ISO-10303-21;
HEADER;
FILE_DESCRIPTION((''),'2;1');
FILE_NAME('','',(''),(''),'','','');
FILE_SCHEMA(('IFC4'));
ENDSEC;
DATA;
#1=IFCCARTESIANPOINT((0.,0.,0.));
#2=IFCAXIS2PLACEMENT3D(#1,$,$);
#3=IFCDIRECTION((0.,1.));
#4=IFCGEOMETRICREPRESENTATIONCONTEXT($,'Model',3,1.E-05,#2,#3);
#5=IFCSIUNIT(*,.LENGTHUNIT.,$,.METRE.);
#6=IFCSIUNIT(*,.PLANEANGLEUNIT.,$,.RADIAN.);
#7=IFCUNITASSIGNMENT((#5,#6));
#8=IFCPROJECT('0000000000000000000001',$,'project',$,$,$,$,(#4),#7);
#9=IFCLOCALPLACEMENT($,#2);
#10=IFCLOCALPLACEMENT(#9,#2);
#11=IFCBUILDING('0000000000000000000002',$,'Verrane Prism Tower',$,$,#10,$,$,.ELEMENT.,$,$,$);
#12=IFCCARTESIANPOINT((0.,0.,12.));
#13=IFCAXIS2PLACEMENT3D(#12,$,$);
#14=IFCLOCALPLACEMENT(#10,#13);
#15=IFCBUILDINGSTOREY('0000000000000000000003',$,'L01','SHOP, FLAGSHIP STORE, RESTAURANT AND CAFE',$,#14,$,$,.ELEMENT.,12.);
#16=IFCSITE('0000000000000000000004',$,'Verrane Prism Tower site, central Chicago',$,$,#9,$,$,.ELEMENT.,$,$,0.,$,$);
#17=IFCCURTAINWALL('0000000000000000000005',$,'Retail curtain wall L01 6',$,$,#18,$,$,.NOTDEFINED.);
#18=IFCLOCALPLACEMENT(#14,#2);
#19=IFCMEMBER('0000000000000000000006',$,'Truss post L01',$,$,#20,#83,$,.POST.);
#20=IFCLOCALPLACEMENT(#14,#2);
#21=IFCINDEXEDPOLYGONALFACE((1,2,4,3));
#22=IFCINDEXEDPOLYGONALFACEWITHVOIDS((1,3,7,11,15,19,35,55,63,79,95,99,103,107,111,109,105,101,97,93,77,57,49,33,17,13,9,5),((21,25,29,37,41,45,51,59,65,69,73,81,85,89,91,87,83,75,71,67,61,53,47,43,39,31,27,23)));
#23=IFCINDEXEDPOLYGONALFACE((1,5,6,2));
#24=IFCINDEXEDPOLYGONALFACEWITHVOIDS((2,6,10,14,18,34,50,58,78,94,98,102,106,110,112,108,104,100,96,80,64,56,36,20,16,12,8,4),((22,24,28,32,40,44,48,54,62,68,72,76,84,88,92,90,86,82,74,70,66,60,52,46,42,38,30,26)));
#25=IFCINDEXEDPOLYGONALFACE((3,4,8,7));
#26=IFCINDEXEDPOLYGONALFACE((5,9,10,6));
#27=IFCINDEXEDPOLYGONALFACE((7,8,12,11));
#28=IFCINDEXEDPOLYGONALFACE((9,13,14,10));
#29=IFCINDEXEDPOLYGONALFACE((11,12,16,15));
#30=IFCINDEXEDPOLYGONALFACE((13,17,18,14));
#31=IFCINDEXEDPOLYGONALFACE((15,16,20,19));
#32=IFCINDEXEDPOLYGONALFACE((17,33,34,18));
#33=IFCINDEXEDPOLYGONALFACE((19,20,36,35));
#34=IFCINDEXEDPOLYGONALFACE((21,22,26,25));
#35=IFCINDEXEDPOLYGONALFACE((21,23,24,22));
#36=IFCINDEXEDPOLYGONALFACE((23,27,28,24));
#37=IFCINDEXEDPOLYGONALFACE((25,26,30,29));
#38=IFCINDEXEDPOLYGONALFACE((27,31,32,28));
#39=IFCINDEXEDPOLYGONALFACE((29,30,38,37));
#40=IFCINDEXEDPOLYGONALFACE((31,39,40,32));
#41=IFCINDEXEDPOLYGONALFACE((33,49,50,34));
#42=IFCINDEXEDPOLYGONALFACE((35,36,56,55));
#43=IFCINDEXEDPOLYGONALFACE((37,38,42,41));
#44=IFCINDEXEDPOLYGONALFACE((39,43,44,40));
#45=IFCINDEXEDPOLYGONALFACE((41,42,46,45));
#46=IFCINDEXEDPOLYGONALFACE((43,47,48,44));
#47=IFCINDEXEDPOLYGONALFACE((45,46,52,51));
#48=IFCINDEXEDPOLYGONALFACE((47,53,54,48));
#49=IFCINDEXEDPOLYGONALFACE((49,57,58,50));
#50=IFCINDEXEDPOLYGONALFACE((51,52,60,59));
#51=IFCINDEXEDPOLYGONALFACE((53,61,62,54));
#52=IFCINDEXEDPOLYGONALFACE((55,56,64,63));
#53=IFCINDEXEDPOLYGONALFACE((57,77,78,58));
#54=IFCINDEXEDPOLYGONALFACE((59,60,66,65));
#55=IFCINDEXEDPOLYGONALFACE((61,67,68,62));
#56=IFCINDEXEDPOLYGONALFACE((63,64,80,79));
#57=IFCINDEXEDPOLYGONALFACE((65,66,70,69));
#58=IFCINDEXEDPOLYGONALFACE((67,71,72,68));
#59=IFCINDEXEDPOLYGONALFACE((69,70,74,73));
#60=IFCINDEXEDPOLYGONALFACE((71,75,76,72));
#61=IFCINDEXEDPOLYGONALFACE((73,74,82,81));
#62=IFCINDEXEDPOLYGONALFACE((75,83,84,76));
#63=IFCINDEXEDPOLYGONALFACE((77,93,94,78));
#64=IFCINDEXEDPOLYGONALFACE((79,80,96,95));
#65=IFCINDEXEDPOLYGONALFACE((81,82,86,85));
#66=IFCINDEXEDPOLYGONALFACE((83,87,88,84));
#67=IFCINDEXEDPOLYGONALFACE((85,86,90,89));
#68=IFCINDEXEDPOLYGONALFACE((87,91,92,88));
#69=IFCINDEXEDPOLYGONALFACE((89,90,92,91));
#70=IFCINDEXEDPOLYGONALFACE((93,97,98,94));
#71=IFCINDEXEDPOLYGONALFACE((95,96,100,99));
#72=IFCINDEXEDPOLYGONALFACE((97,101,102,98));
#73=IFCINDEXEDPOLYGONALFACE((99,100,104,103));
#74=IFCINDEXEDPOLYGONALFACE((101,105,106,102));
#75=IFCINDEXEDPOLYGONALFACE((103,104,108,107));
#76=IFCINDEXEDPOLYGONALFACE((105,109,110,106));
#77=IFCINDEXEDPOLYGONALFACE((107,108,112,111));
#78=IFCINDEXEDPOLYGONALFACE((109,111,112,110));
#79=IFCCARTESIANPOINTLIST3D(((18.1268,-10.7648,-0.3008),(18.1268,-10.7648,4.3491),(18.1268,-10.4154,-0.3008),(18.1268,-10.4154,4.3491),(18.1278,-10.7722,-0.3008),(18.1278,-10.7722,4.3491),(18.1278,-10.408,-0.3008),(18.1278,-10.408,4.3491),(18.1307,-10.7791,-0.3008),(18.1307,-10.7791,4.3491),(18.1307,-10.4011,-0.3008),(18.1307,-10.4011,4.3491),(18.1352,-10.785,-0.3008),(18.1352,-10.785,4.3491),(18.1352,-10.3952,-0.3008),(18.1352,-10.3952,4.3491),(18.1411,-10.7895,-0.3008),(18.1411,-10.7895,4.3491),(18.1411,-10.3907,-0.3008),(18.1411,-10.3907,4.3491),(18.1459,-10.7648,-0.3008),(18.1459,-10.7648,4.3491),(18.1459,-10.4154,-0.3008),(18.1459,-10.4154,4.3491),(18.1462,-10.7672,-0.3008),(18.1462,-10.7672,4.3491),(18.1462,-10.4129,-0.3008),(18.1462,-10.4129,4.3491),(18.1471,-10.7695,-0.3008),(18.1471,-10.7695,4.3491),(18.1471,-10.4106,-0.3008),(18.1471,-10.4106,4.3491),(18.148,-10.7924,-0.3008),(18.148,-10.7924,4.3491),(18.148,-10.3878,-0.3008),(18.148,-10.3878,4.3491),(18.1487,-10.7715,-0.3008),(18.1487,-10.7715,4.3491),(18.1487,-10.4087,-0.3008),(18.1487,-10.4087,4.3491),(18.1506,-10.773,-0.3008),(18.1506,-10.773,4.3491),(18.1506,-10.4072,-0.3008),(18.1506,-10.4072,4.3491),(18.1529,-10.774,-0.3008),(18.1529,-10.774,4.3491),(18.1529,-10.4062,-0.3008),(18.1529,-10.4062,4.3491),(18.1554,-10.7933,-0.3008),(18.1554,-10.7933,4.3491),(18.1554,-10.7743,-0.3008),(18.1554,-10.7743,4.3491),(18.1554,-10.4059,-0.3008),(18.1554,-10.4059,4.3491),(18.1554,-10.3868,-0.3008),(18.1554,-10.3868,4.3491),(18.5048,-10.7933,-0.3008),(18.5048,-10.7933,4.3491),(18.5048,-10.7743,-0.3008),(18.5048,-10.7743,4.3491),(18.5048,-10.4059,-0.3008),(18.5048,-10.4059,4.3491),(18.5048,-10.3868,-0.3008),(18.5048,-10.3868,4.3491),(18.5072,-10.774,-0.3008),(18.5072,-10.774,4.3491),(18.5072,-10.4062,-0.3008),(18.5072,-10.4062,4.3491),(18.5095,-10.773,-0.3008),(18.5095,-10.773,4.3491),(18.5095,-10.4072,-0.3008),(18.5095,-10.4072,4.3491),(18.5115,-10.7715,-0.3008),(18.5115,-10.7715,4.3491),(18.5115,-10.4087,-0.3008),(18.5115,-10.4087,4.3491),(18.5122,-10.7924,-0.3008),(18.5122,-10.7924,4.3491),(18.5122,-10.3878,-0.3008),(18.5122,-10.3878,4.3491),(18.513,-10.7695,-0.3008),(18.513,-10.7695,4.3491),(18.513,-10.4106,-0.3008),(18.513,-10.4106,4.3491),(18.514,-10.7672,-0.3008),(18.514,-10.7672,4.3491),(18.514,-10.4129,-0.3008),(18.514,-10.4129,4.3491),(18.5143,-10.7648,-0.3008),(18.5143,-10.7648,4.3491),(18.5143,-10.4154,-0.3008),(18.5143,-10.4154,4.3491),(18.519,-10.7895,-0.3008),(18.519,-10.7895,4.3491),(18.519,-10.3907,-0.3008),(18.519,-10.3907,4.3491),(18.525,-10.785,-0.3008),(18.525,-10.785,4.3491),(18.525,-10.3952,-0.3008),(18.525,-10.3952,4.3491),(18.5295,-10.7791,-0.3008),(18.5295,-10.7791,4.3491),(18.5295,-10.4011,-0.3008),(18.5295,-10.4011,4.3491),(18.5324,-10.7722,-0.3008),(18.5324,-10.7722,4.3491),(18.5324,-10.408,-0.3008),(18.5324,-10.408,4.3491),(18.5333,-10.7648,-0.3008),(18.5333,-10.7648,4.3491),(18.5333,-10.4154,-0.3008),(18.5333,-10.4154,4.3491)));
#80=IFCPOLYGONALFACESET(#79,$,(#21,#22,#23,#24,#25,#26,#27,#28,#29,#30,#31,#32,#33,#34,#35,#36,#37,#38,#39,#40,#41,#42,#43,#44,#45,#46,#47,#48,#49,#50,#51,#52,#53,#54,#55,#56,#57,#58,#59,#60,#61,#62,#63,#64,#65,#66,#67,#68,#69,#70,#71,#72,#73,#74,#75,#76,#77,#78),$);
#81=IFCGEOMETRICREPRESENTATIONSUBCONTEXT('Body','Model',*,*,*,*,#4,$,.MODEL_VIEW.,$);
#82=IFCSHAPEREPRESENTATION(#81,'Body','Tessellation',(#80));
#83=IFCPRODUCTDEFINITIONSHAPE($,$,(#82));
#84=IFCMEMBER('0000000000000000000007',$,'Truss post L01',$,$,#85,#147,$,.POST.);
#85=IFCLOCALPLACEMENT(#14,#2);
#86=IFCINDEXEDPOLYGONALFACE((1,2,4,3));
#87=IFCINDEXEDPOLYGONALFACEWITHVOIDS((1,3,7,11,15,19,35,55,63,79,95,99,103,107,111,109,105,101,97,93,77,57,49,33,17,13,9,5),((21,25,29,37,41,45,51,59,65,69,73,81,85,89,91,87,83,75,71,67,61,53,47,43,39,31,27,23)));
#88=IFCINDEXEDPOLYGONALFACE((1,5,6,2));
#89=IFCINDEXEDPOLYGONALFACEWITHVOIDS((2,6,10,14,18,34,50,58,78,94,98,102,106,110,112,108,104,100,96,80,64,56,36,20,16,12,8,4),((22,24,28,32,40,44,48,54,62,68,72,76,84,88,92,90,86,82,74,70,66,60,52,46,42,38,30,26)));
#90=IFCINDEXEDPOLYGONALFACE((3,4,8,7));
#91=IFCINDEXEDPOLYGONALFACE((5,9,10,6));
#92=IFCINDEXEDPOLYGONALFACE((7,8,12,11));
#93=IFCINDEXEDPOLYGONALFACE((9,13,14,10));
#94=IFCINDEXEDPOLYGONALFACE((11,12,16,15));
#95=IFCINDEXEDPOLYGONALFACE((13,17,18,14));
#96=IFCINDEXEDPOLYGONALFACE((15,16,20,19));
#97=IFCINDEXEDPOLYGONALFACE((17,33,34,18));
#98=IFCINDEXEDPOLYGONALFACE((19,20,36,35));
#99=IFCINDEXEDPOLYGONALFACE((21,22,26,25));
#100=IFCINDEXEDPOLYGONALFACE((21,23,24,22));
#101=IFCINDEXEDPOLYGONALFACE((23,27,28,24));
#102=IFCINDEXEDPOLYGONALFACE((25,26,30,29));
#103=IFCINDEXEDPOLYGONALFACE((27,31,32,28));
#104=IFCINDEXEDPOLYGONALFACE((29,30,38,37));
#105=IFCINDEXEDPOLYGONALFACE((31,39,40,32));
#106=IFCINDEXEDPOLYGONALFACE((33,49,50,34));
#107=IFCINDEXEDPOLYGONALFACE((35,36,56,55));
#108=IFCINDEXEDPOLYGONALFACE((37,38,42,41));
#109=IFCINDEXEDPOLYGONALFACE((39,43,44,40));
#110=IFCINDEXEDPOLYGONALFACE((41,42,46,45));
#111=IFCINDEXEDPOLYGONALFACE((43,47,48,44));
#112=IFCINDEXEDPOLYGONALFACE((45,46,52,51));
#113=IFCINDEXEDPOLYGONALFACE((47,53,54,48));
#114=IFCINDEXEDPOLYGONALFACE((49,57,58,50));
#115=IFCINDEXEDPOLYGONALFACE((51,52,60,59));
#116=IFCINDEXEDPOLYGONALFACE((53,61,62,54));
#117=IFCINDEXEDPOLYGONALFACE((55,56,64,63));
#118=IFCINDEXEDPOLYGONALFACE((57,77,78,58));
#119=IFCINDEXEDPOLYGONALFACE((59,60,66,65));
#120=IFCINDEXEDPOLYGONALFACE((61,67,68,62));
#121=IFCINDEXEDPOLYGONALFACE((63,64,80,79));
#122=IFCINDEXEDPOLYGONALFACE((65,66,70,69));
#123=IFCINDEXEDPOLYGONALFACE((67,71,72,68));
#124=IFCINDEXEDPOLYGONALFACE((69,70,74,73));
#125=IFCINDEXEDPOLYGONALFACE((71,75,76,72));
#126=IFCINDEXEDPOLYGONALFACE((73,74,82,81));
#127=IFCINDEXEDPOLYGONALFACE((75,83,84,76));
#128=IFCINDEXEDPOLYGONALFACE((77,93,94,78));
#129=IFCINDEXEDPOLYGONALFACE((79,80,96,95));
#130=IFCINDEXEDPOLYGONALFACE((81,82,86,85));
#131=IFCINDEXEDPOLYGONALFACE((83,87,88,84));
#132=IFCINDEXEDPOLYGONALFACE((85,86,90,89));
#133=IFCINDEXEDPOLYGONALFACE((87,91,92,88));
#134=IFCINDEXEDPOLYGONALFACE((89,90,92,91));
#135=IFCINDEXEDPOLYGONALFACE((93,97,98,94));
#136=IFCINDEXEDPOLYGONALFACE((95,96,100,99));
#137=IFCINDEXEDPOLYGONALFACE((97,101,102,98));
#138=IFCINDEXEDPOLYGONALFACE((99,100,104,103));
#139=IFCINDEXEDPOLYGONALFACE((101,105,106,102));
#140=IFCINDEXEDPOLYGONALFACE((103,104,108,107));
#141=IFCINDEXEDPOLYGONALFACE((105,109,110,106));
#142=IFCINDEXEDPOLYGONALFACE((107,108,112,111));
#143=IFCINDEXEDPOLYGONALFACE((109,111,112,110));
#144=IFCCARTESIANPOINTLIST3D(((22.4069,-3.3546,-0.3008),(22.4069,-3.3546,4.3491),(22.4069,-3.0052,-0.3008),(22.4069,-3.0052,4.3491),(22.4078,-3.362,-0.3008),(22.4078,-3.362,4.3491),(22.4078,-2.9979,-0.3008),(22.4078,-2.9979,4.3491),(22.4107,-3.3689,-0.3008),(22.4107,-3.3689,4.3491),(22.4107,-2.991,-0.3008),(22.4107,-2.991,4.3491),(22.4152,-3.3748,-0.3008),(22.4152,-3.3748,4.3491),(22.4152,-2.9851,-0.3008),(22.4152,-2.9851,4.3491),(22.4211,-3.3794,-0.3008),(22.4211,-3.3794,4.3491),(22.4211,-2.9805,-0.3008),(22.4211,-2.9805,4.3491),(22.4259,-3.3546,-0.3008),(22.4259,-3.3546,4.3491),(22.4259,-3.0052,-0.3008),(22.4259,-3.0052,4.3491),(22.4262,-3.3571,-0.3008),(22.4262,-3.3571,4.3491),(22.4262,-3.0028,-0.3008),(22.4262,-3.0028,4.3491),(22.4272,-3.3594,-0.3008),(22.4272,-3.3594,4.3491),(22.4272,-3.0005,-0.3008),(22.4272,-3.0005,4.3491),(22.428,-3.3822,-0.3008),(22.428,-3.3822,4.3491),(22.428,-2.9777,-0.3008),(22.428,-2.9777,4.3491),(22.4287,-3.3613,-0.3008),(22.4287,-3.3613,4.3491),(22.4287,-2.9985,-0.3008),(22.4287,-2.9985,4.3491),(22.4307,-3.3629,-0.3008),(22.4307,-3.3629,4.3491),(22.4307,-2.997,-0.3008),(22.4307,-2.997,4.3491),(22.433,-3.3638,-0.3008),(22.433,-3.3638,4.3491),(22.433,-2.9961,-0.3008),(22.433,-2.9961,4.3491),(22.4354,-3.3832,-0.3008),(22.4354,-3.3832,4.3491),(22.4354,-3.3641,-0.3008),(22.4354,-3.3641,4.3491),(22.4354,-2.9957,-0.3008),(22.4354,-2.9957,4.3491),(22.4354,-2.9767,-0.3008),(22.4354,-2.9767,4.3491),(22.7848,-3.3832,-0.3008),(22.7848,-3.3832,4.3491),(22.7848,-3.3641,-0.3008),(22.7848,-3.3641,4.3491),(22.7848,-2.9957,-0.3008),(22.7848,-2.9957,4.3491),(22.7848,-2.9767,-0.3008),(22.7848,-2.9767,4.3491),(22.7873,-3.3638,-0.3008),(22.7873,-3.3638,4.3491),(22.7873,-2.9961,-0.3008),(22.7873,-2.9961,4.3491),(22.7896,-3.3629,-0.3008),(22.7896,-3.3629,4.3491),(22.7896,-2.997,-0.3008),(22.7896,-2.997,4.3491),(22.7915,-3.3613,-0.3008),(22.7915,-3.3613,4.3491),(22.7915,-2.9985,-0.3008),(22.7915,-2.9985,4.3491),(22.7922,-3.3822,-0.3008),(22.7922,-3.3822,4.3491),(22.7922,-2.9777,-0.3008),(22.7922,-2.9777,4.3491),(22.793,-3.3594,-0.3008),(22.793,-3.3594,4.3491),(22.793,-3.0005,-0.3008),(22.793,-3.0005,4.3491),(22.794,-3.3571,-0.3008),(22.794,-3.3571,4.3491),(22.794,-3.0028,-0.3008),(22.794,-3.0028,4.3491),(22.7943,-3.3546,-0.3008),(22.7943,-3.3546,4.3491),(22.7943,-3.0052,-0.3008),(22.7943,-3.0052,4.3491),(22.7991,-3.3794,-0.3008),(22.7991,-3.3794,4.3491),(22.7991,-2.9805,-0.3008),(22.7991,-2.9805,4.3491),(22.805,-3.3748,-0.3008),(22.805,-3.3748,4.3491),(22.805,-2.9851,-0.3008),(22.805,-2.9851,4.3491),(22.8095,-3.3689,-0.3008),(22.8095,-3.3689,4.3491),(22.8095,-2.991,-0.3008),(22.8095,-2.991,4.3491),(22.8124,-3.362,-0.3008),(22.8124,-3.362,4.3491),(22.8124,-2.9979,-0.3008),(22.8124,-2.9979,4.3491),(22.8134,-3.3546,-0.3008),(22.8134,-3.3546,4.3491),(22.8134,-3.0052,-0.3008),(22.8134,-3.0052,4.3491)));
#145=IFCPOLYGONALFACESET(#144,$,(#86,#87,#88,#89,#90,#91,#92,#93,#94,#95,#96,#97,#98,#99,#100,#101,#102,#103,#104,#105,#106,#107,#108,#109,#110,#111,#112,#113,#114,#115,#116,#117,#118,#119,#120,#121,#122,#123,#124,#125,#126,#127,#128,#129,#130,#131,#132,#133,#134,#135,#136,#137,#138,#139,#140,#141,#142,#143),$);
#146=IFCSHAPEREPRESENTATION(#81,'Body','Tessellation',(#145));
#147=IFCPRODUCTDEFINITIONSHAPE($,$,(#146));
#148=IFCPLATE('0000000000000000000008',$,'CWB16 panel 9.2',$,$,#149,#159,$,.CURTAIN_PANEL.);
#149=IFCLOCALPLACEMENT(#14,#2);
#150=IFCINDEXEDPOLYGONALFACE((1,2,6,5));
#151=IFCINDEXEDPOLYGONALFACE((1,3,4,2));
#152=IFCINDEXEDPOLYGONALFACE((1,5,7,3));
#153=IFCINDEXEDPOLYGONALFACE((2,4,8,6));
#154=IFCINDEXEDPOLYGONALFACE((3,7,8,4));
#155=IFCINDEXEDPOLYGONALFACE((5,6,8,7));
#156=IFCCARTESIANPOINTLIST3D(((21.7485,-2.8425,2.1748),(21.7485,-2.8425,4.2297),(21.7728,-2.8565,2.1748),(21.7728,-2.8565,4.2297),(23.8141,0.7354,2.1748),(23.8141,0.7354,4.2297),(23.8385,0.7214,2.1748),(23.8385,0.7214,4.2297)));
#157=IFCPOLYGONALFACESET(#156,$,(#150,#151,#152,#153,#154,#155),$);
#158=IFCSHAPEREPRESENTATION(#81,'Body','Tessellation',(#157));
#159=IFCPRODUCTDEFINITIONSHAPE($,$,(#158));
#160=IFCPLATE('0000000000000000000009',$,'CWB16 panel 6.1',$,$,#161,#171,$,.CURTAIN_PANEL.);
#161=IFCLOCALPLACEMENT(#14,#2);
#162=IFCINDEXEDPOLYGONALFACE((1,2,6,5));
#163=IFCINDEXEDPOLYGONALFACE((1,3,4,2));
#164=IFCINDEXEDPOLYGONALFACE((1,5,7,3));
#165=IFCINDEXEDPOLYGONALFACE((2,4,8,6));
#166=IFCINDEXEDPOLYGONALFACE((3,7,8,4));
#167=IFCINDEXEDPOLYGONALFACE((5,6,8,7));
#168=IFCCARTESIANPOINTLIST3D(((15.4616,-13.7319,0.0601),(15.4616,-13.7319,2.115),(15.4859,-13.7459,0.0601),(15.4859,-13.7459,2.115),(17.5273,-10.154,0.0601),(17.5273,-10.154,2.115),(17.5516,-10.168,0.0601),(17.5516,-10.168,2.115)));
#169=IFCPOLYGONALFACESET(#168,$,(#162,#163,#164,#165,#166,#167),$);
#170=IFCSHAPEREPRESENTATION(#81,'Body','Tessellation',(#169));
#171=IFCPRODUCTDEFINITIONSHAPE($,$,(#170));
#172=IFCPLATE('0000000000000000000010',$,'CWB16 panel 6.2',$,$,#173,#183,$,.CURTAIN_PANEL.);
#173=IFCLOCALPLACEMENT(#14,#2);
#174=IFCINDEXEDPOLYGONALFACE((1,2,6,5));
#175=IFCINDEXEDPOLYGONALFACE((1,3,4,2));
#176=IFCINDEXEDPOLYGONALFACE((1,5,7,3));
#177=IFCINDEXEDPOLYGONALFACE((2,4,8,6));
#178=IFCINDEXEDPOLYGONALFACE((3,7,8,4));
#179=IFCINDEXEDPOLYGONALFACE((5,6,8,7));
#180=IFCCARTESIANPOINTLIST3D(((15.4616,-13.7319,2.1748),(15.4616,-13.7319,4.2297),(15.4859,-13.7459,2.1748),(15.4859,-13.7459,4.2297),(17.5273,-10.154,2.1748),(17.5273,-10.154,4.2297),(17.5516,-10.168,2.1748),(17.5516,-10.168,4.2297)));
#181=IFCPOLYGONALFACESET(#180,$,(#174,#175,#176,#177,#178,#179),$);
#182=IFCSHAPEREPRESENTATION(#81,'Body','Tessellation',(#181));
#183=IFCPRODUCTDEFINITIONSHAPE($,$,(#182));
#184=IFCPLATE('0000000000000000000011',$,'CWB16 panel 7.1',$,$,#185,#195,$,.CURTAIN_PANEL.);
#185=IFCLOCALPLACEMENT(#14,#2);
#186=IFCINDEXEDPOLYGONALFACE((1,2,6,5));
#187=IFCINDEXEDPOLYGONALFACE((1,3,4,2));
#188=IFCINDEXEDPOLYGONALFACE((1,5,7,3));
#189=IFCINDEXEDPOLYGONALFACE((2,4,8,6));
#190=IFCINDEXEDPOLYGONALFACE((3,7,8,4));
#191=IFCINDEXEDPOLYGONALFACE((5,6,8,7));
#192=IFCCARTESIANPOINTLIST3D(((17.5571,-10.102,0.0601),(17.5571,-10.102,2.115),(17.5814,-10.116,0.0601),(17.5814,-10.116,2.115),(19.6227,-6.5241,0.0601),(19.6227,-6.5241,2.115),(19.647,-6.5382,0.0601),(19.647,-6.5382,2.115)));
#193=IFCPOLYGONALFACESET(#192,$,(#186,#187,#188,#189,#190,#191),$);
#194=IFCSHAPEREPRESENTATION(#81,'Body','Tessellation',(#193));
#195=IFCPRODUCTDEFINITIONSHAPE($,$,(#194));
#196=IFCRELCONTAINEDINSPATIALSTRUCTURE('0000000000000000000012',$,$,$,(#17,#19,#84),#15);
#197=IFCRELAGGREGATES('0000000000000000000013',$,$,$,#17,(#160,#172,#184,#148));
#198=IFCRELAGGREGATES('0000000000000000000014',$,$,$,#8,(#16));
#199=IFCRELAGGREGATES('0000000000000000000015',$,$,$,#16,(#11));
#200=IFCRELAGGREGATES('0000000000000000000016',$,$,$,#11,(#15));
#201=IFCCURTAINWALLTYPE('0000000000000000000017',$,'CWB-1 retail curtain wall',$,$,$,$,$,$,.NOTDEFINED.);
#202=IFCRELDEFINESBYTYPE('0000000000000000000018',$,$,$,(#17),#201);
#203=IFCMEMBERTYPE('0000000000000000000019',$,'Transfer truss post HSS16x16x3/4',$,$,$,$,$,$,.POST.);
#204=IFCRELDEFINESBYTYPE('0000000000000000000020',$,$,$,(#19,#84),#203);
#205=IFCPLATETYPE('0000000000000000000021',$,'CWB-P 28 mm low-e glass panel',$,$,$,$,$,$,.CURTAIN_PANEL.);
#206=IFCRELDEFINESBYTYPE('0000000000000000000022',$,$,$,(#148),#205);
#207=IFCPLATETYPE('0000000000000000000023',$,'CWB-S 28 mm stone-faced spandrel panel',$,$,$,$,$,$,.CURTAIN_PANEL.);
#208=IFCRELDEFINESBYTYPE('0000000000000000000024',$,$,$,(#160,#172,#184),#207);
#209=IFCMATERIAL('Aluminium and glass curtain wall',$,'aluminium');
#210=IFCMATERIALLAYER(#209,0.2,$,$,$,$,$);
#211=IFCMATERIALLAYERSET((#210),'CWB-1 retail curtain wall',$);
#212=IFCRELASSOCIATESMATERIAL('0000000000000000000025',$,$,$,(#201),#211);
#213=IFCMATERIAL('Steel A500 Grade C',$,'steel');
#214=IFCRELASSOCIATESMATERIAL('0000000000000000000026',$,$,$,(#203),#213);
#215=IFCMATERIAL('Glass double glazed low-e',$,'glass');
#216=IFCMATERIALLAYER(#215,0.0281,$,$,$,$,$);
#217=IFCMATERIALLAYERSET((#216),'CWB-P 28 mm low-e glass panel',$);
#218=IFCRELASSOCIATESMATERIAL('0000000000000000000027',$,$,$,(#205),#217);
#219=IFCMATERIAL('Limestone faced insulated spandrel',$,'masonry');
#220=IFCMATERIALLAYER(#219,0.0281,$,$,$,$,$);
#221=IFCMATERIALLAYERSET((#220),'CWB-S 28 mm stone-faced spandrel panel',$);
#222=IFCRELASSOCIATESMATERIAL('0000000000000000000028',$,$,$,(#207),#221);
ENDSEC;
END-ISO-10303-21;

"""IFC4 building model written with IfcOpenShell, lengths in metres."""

from ifc_helpers import new_model, si_unit, direction, frame, origin, origin_2d, place, context, subcontext, project, spatial, rectangle, hollow_rectangle, extrude, material, layer, layer_set, material_profile, profile_set, type_object, element, aggregate, save


model = new_model("IFC4")

# Units and contexts
model_context = context("Model", 3, precision=1e-05, world=origin(), true_north=direction((0.0, 1.0)))
body_context = subcontext(model_context, "Body", "Model", "MODEL_VIEW")
ifc_project = project(units=[si_unit("LENGTHUNIT", "METRE"), si_unit("PLANEANGLEUNIT", "RADIAN")], contexts=[model_context])

# Site, building, storey
site_placement = place(None, origin())
site = spatial("IfcSite", under=ifc_project, at=site_placement, Name="Verrane Prism Tower site, central Chicago", CompositionType="ELEMENT", RefElevation=0.0)
building_placement = place(site_placement, origin())
building = spatial("IfcBuilding", under=site, at=building_placement, Name="Verrane Prism Tower", CompositionType="ELEMENT")
storey_placement = place(building_placement, frame((0.0, 0.0, 12.0)))
storey = spatial("IfcBuildingStorey", under=building, at=storey_placement, Name="L01", Description="SHOP, FLAGSHIP STORE, RESTAURANT AND CAFE", CompositionType="ELEMENT", Elevation=12.0)

# Curtain wall
ifc_material_1 = material(Name="Aluminium and glass curtain wall", Category="aluminium")
ifc_layer_1 = layer(ifc_material_1, 0.2)
ifc_layer_set_1 = layer_set([ifc_layer_1], Name="CWB-1 retail curtain wall")
curtain_wall_type = type_object("IfcCurtainWallType", Name="CWB-1 retail curtain wall", PredefinedType="NOTDEFINED", material=ifc_layer_set_1)
curtain_wall_placement = place(storey_placement, origin())
curtain_wall = element("IfcCurtainWall", 1, at=curtain_wall_placement, inside=storey, type_object=curtain_wall_type, Name="Retail curtain wall L01 6", PredefinedType="NOTDEFINED")

# Members
ifc_material_2 = material(Name="Steel A500 Grade C", Category="steel")
ifc_material_profile_1 = material_profile(ifc_material_2, hollow_rectangle(XDim=0.4065, YDim=0.4065, WallThickness=0.019, InnerFilletRadius=0.0095, OuterFilletRadius=0.0286, at=origin_2d()), Name="HSS16x16x3/4")
ifc_profile_set_1 = profile_set([ifc_material_profile_1], Name="Steel A500 Grade C")
member_type_1 = type_object("IfcMemberType", Name="Transfer truss post HSS16x16x3/4", PredefinedType="POST", material=ifc_profile_set_1)
for number, where, z_axis, x_axis, name in (
    (2, (18.3301, -10.5901, -0.3008), (0.0, 0.0, 1.0), (1.0, 0.0, 0.0), "Truss post L01"),
    (3, (22.6101, -3.1799, -0.3008), (0.0, 0.0, 1.0), (1.0, 0.0, 0.0), "Truss post L01"),
):
    element("IfcMember", number, at=place(storey_placement, frame(where, z_axis=z_axis, x_axis=x_axis)), inside=storey, type_object=member_type_1, Name=name, PredefinedType="POST", context=body_context, shape_type="SweptSolid", body=[
        extrude(hollow_rectangle(XDim=0.4065, YDim=0.4065, WallThickness=0.019, InnerFilletRadius=0.0095, OuterFilletRadius=0.0286, at=origin_2d()), origin(), (0.0, 0.0, 1.0), 4.6499),
    ])

# Plates
ifc_material_3 = material(Name="Glass double glazed low-e", Category="glass")
ifc_layer_2 = layer(ifc_material_3, 0.0281)
ifc_layer_set_2 = layer_set([ifc_layer_2], Name="CWB-P 28 mm low-e glass panel")
plate_type_1 = type_object("IfcPlateType", Name="CWB-P 28 mm low-e glass panel", PredefinedType="CURTAIN_PANEL", material=ifc_layer_set_2)
plate_1_placement = place(storey_placement, frame((22.7935, -1.0605, 2.1748), z_axis=(0.0, 0.0, 1.0), x_axis=(0.5, 0.866025, 0.0)))
plate_1 = element("IfcPlate", 4, at=plate_1_placement, type_object=plate_type_1, Name="CWB16 panel 9.2", PredefinedType="CURTAIN_PANEL", context=body_context, shape_type="SweptSolid", body=[
    extrude(rectangle(XDim=4.1313, YDim=0.0281, at=origin_2d()), origin(), (0.0, 0.0, 1.0), 2.0549),
])
ifc_material_4 = material(Name="Limestone faced insulated spandrel", Category="masonry")
ifc_layer_3 = layer(ifc_material_4, 0.0281)
ifc_layer_set_3 = layer_set([ifc_layer_3], Name="CWB-S 28 mm stone-faced spandrel panel")
plate_type_2 = type_object("IfcPlateType", Name="CWB-S 28 mm stone-faced spandrel panel", PredefinedType="CURTAIN_PANEL", material=ifc_layer_set_3)
plate_2_placement = place(storey_placement, frame((16.5066, -11.95, 0.0601), z_axis=(0.0, 0.0, 1.0), x_axis=(0.5, 0.866025, 0.0)))
plate_2 = element("IfcPlate", 5, at=plate_2_placement, type_object=plate_type_2, Name="CWB16 panel 6.1", PredefinedType="CURTAIN_PANEL", context=body_context, shape_type="SweptSolid", body=[
    extrude(rectangle(XDim=4.1313, YDim=0.0281, at=origin_2d()), origin(), (0.0, 0.0, 1.0), 2.0549),
])
plate_3_placement = place(storey_placement, frame((16.5066, -11.95, 2.1748), z_axis=(0.0, 0.0, 1.0), x_axis=(0.5, 0.866025, 0.0)))
plate_3 = element("IfcPlate", 6, at=plate_3_placement, type_object=plate_type_2, Name="CWB16 panel 6.2", PredefinedType="CURTAIN_PANEL", context=body_context, shape_type="SweptSolid", body=[
    extrude(rectangle(XDim=4.1313, YDim=0.0281, at=origin_2d()), origin(), (0.0, 0.0, 1.0), 2.0549),
])
plate_4_placement = place(storey_placement, frame((18.6021, -8.3201, 0.0601), z_axis=(0.0, 0.0, 1.0), x_axis=(0.5, 0.866025, 0.0)))
plate_4 = element("IfcPlate", 7, at=plate_4_placement, type_object=plate_type_2, Name="CWB16 panel 7.1", PredefinedType="CURTAIN_PANEL", context=body_context, shape_type="SweptSolid", body=[
    extrude(rectangle(XDim=4.1313, YDim=0.0281, at=origin_2d()), origin(), (0.0, 0.0, 1.0), 2.0549),
])
aggregate(curtain_wall, [plate_2, plate_3, plate_4, plate_1])

save(model, "model.ifc")
